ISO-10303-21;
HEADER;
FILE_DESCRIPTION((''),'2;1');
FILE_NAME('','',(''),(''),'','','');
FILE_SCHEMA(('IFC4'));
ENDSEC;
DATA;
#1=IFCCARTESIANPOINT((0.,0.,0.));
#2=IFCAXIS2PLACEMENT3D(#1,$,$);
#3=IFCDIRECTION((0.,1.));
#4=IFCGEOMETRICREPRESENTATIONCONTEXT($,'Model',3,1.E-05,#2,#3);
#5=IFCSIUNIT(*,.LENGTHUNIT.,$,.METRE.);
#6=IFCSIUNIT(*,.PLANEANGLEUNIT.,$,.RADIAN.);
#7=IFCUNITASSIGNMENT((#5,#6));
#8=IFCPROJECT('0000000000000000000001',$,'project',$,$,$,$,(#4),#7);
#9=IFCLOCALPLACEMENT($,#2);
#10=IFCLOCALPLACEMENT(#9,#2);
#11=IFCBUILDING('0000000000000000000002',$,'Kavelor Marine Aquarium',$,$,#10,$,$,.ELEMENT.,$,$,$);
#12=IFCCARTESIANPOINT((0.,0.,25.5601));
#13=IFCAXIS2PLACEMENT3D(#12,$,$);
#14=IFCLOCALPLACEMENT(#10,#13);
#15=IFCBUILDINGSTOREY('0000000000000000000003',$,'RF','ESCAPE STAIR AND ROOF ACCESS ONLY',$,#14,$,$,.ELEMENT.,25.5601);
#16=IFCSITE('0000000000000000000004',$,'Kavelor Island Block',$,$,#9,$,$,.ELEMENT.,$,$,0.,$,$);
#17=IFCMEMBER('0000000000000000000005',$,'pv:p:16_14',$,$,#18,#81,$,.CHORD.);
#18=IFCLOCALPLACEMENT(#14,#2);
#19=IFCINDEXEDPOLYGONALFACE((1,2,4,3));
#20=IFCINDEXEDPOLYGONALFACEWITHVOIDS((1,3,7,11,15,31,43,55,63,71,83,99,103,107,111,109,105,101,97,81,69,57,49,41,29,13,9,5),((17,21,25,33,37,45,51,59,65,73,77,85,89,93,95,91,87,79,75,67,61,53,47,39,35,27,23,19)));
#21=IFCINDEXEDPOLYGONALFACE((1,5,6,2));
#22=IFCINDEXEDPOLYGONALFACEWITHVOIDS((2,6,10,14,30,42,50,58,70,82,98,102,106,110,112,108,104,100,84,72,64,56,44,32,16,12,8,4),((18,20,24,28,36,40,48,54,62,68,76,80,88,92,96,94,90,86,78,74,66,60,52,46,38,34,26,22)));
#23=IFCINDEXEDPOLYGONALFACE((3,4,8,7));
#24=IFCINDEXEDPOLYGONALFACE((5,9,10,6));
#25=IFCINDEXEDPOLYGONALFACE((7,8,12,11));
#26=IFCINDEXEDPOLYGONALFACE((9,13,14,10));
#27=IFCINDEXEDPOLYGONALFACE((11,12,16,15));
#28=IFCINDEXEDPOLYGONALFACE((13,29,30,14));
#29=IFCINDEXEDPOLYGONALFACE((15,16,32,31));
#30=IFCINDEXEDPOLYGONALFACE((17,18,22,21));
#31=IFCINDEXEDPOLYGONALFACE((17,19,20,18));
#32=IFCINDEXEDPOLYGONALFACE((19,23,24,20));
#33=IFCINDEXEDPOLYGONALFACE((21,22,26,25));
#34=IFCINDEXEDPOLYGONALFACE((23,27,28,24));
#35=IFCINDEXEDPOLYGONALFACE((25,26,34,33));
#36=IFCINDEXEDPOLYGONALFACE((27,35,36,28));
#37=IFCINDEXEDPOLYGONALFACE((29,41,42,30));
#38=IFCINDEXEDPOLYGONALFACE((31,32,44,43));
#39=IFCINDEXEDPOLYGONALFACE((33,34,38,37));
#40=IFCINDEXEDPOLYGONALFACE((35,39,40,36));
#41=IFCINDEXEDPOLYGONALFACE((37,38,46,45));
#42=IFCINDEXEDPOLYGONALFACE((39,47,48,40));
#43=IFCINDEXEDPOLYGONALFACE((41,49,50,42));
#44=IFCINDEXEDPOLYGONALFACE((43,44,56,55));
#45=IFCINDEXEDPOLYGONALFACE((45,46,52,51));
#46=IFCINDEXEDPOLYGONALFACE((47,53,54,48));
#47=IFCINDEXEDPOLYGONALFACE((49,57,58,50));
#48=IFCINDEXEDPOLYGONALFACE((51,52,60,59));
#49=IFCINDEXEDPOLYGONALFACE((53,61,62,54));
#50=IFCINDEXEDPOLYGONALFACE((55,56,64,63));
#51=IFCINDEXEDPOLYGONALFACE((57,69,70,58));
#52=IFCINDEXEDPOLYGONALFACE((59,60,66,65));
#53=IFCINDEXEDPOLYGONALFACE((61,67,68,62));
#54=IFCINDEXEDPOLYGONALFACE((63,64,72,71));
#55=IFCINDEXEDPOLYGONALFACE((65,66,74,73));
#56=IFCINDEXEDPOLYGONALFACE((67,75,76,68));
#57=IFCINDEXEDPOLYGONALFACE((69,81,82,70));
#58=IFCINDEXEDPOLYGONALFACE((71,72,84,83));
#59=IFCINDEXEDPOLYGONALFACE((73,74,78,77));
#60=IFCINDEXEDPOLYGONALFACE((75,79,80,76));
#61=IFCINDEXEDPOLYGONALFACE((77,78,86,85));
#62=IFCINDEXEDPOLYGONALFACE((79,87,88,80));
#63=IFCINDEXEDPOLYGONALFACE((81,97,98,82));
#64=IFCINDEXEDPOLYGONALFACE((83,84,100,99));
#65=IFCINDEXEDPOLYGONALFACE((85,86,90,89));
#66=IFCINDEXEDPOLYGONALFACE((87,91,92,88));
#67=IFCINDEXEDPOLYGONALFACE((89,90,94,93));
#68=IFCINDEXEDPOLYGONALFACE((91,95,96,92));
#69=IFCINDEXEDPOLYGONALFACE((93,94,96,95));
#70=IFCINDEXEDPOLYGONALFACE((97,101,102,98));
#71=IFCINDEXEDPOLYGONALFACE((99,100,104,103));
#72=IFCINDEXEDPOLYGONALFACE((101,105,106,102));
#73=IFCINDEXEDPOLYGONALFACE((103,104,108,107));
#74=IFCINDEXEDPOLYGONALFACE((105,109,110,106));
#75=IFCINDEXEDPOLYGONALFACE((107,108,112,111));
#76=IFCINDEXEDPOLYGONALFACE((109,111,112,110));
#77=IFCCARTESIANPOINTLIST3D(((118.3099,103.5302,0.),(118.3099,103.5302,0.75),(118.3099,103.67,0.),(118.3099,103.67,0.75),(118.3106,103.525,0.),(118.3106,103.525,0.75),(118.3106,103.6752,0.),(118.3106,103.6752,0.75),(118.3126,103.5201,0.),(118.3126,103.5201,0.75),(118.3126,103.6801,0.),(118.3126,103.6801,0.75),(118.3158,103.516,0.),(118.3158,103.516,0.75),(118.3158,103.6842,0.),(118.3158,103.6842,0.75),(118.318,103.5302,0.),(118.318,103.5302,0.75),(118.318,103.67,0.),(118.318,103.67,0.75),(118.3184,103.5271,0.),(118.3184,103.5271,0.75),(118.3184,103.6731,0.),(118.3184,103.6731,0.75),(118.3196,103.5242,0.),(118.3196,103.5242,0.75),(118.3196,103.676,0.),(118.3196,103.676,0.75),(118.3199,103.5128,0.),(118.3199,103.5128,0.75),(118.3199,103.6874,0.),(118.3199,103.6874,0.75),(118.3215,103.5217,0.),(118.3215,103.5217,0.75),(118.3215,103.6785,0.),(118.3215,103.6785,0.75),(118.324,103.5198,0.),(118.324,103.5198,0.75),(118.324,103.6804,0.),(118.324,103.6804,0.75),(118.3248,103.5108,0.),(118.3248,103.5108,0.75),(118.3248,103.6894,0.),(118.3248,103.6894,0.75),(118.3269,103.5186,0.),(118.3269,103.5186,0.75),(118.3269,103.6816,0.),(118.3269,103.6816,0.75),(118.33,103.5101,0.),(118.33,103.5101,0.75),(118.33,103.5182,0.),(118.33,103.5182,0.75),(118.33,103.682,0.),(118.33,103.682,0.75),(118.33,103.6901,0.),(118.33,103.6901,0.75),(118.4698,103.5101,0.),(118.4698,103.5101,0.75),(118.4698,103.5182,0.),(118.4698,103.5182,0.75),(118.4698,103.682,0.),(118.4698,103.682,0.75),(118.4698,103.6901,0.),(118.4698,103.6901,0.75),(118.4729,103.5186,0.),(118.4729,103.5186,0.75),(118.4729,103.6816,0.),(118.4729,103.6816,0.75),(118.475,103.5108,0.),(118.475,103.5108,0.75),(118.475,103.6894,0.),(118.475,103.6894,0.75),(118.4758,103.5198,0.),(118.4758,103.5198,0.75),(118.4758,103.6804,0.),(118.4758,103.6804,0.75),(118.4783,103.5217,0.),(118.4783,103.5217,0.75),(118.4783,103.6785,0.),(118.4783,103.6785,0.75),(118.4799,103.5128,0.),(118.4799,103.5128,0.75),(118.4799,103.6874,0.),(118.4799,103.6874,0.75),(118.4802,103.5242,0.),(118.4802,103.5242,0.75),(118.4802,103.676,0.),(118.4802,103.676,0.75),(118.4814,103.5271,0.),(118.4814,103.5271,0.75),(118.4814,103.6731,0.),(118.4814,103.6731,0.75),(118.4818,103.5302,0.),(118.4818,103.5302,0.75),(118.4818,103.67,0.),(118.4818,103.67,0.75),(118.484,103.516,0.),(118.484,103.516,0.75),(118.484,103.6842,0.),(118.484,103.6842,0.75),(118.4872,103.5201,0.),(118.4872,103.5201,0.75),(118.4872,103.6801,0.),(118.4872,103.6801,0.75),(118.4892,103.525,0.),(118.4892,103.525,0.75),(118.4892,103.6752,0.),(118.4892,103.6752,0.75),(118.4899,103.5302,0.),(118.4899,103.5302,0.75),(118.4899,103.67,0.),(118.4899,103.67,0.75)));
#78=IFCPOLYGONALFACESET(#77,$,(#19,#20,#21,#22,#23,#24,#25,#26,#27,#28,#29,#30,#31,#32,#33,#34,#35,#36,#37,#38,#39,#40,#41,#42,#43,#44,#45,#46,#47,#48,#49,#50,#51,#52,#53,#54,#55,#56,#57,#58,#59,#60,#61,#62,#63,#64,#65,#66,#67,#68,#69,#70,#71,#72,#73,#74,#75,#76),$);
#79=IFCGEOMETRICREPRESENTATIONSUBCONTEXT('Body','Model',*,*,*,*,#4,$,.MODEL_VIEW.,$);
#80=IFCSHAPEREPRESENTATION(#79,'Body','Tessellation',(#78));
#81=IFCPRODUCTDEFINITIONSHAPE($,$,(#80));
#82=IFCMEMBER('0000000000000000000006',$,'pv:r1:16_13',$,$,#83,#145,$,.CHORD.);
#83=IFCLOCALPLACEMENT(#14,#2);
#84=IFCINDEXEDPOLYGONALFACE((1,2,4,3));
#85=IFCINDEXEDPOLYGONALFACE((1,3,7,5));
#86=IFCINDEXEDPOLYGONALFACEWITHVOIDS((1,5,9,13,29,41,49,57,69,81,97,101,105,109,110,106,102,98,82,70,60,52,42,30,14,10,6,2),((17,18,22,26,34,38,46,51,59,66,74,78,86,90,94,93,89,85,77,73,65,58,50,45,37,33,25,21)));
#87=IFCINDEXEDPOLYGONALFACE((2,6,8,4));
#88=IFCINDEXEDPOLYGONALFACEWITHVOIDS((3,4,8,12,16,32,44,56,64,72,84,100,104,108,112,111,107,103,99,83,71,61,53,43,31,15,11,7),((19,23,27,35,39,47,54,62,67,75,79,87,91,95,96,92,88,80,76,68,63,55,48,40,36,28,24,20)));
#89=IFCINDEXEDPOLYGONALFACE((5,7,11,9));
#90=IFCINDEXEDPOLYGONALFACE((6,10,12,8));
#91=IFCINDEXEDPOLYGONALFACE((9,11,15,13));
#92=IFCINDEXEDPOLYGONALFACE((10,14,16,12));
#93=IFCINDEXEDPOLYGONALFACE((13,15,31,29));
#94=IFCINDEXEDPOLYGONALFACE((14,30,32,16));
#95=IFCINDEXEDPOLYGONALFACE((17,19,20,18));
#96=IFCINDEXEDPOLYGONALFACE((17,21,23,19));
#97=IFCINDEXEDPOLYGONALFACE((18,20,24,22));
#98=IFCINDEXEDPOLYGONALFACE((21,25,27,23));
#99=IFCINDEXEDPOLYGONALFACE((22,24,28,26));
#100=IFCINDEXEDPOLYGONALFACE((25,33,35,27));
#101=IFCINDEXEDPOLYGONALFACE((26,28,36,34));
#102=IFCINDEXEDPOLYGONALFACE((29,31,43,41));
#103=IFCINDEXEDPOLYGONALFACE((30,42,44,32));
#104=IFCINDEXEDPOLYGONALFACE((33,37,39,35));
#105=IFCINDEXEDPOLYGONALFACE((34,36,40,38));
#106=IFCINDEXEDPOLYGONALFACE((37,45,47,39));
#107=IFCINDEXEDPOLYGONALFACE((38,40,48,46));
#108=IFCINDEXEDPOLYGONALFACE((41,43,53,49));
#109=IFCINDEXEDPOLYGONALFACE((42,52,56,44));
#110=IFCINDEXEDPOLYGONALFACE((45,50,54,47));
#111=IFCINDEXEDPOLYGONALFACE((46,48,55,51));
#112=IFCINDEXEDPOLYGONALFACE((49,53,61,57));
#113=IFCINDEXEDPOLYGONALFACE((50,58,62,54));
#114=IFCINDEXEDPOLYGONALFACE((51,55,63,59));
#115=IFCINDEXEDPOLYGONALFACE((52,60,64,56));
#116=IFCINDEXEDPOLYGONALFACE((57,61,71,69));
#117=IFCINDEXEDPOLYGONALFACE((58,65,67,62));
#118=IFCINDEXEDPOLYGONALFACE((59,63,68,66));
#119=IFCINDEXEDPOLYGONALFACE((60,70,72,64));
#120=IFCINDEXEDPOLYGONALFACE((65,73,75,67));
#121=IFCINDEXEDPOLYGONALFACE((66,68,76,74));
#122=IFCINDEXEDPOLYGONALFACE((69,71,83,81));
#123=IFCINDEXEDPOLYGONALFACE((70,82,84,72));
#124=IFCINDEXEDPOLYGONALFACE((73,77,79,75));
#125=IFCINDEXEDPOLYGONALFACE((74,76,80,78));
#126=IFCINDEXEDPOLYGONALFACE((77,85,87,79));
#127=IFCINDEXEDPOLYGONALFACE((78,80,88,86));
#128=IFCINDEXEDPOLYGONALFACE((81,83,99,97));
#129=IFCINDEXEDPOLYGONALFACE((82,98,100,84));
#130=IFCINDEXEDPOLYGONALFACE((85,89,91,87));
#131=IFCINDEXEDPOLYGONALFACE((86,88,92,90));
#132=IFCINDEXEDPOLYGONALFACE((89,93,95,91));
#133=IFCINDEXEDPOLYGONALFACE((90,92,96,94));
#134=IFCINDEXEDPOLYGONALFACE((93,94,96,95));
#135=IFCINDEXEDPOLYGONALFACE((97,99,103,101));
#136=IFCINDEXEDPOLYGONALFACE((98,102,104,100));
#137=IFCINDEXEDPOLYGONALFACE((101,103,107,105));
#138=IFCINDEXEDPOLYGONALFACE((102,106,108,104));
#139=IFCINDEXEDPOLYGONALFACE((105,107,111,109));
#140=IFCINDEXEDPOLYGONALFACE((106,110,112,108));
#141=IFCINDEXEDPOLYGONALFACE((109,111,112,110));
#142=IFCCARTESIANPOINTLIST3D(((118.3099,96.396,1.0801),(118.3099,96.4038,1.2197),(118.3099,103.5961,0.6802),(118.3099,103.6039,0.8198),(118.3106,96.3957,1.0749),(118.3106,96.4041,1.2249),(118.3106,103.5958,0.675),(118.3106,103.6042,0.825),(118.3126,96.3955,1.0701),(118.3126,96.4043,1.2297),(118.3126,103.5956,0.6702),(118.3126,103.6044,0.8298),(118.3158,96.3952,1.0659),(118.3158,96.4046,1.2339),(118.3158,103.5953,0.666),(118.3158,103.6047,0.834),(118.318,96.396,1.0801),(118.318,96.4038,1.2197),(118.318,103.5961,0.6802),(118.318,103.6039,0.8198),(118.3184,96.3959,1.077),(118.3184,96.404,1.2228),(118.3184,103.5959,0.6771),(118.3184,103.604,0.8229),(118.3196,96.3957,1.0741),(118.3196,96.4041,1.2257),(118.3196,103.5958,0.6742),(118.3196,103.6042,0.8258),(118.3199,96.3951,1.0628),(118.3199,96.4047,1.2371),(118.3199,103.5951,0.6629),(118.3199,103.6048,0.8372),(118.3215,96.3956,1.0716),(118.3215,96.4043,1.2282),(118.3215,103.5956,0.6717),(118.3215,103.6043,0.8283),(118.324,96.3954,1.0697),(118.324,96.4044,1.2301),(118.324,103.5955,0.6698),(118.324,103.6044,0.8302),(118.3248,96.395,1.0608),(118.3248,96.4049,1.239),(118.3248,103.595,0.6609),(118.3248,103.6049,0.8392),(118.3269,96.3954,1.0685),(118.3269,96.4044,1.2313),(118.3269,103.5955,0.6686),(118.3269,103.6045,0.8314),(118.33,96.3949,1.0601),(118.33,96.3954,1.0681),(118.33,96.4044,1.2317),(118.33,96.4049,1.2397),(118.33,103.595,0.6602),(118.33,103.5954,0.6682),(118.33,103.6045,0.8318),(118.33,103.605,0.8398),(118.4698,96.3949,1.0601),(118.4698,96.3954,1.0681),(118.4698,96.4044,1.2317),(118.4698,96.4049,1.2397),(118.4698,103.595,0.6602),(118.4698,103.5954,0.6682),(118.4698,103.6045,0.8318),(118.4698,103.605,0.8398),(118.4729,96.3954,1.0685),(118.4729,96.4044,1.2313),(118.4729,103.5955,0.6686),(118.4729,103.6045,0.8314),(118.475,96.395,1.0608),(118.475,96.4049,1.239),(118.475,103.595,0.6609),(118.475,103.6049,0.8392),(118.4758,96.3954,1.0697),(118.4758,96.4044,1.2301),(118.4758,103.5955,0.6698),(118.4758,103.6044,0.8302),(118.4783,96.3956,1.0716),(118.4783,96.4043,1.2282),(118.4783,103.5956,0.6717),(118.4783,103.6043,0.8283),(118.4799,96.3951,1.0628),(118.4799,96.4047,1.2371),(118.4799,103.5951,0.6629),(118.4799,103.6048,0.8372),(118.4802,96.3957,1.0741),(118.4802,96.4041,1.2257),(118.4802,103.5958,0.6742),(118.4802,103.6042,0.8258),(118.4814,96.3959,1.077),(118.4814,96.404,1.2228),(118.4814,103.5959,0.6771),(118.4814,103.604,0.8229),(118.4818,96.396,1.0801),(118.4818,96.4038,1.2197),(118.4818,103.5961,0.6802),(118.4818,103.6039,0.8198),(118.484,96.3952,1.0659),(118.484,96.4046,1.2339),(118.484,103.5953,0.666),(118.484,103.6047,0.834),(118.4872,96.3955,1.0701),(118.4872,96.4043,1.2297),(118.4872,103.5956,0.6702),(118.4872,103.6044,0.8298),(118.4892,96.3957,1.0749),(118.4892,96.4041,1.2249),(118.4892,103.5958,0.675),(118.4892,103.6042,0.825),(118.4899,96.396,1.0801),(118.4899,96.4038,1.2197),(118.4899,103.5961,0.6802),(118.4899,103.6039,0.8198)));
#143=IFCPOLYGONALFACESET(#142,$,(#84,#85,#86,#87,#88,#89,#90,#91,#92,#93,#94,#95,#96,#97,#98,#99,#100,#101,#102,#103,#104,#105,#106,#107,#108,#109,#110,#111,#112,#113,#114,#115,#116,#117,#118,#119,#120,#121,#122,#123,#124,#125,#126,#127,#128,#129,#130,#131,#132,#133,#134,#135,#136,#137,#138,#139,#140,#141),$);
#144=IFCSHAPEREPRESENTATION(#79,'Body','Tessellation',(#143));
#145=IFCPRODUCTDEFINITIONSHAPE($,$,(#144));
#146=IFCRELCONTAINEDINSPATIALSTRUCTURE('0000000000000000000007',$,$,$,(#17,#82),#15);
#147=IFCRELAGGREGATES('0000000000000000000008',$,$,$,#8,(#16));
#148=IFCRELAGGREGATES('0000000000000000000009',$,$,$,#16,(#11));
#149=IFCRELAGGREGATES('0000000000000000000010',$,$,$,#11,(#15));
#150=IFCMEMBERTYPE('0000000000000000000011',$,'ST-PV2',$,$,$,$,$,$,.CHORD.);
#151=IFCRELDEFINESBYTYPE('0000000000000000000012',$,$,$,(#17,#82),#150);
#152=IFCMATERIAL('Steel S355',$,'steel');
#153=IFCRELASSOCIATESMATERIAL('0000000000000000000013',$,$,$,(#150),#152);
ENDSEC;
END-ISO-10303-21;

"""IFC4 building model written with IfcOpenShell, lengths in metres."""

from ifc_helpers import new_model, si_unit, direction, frame, origin, origin_2d, place, context, subcontext, project, spatial, hollow_rectangle, extrude, material, material_profile, profile_set, type_object, element, save


model = new_model("IFC4")

# Units and contexts
model_context = context("Model", 3, precision=1e-05, world=origin(), true_north=direction((0.0, 1.0)))
body_context = subcontext(model_context, "Body", "Model", "MODEL_VIEW")
ifc_project = project(units=[si_unit("LENGTHUNIT", "METRE"), si_unit("PLANEANGLEUNIT", "RADIAN")], contexts=[model_context])

# Site, building, storey
site_placement = place(None, origin())
site = spatial("IfcSite", under=ifc_project, at=site_placement, Name="Kavelor Island Block", CompositionType="ELEMENT", RefElevation=0.0)
building_placement = place(site_placement, origin())
building = spatial("IfcBuilding", under=site, at=building_placement, Name="Kavelor Marine Aquarium", CompositionType="ELEMENT")
storey_placement = place(building_placement, frame((0.0, 0.0, 25.5601)))
storey = spatial("IfcBuildingStorey", under=building, at=storey_placement, Name="RF", Description="ESCAPE STAIR AND ROOF ACCESS ONLY", CompositionType="ELEMENT", Elevation=25.5601)

# Members
ifc_material_1 = material(Name="Steel S355", Category="steel")
ifc_material_profile_1 = material_profile(ifc_material_1, hollow_rectangle(XDim=0.1799, YDim=0.1799, WallThickness=0.0081, InnerFilletRadius=0.012, OuterFilletRadius=0.02, at=origin_2d()), Name="SHS 180x180x8.0")
ifc_profile_set_1 = profile_set([ifc_material_profile_1], Name="Steel S355")
member_type_1 = type_object("IfcMemberType", Name="ST-PV2", PredefinedType="CHORD", material=ifc_profile_set_1)
member_1_placement = place(storey_placement, frame((118.3999, 103.6001, 0.0), z_axis=(0.0, 0.0, 1.0), x_axis=(1.0, 0.0, 0.0)))
element("IfcMember", 1, at=member_1_placement, inside=storey, type_object=member_type_1, Name="pv:p:16_14", PredefinedType="CHORD", context=body_context, shape_type="SweptSolid", body=[
    extrude(hollow_rectangle(XDim=0.1799, YDim=0.1799, WallThickness=0.0081, InnerFilletRadius=0.012, OuterFilletRadius=0.02, at=origin_2d()), origin(), (0.0, 0.0, 1.0), 0.75),
])
member_2_placement = place(storey_placement, frame((118.3999, 96.3999, 1.1499), z_axis=(0.0, 0.998461, -0.055455), x_axis=(-1.0, 0.0, 0.0)))
element("IfcMember", 2, at=member_2_placement, inside=storey, type_object=member_type_1, Name="pv:r1:16_13", PredefinedType="CHORD", context=body_context, shape_type="SweptSolid", body=[
    extrude(hollow_rectangle(XDim=0.1799, YDim=0.1799, WallThickness=0.0081, InnerFilletRadius=0.012, OuterFilletRadius=0.02, at=origin_2d()), origin(), (0.0, 0.0, 1.0), 7.2112),
])

save(model, "model.ifc")
